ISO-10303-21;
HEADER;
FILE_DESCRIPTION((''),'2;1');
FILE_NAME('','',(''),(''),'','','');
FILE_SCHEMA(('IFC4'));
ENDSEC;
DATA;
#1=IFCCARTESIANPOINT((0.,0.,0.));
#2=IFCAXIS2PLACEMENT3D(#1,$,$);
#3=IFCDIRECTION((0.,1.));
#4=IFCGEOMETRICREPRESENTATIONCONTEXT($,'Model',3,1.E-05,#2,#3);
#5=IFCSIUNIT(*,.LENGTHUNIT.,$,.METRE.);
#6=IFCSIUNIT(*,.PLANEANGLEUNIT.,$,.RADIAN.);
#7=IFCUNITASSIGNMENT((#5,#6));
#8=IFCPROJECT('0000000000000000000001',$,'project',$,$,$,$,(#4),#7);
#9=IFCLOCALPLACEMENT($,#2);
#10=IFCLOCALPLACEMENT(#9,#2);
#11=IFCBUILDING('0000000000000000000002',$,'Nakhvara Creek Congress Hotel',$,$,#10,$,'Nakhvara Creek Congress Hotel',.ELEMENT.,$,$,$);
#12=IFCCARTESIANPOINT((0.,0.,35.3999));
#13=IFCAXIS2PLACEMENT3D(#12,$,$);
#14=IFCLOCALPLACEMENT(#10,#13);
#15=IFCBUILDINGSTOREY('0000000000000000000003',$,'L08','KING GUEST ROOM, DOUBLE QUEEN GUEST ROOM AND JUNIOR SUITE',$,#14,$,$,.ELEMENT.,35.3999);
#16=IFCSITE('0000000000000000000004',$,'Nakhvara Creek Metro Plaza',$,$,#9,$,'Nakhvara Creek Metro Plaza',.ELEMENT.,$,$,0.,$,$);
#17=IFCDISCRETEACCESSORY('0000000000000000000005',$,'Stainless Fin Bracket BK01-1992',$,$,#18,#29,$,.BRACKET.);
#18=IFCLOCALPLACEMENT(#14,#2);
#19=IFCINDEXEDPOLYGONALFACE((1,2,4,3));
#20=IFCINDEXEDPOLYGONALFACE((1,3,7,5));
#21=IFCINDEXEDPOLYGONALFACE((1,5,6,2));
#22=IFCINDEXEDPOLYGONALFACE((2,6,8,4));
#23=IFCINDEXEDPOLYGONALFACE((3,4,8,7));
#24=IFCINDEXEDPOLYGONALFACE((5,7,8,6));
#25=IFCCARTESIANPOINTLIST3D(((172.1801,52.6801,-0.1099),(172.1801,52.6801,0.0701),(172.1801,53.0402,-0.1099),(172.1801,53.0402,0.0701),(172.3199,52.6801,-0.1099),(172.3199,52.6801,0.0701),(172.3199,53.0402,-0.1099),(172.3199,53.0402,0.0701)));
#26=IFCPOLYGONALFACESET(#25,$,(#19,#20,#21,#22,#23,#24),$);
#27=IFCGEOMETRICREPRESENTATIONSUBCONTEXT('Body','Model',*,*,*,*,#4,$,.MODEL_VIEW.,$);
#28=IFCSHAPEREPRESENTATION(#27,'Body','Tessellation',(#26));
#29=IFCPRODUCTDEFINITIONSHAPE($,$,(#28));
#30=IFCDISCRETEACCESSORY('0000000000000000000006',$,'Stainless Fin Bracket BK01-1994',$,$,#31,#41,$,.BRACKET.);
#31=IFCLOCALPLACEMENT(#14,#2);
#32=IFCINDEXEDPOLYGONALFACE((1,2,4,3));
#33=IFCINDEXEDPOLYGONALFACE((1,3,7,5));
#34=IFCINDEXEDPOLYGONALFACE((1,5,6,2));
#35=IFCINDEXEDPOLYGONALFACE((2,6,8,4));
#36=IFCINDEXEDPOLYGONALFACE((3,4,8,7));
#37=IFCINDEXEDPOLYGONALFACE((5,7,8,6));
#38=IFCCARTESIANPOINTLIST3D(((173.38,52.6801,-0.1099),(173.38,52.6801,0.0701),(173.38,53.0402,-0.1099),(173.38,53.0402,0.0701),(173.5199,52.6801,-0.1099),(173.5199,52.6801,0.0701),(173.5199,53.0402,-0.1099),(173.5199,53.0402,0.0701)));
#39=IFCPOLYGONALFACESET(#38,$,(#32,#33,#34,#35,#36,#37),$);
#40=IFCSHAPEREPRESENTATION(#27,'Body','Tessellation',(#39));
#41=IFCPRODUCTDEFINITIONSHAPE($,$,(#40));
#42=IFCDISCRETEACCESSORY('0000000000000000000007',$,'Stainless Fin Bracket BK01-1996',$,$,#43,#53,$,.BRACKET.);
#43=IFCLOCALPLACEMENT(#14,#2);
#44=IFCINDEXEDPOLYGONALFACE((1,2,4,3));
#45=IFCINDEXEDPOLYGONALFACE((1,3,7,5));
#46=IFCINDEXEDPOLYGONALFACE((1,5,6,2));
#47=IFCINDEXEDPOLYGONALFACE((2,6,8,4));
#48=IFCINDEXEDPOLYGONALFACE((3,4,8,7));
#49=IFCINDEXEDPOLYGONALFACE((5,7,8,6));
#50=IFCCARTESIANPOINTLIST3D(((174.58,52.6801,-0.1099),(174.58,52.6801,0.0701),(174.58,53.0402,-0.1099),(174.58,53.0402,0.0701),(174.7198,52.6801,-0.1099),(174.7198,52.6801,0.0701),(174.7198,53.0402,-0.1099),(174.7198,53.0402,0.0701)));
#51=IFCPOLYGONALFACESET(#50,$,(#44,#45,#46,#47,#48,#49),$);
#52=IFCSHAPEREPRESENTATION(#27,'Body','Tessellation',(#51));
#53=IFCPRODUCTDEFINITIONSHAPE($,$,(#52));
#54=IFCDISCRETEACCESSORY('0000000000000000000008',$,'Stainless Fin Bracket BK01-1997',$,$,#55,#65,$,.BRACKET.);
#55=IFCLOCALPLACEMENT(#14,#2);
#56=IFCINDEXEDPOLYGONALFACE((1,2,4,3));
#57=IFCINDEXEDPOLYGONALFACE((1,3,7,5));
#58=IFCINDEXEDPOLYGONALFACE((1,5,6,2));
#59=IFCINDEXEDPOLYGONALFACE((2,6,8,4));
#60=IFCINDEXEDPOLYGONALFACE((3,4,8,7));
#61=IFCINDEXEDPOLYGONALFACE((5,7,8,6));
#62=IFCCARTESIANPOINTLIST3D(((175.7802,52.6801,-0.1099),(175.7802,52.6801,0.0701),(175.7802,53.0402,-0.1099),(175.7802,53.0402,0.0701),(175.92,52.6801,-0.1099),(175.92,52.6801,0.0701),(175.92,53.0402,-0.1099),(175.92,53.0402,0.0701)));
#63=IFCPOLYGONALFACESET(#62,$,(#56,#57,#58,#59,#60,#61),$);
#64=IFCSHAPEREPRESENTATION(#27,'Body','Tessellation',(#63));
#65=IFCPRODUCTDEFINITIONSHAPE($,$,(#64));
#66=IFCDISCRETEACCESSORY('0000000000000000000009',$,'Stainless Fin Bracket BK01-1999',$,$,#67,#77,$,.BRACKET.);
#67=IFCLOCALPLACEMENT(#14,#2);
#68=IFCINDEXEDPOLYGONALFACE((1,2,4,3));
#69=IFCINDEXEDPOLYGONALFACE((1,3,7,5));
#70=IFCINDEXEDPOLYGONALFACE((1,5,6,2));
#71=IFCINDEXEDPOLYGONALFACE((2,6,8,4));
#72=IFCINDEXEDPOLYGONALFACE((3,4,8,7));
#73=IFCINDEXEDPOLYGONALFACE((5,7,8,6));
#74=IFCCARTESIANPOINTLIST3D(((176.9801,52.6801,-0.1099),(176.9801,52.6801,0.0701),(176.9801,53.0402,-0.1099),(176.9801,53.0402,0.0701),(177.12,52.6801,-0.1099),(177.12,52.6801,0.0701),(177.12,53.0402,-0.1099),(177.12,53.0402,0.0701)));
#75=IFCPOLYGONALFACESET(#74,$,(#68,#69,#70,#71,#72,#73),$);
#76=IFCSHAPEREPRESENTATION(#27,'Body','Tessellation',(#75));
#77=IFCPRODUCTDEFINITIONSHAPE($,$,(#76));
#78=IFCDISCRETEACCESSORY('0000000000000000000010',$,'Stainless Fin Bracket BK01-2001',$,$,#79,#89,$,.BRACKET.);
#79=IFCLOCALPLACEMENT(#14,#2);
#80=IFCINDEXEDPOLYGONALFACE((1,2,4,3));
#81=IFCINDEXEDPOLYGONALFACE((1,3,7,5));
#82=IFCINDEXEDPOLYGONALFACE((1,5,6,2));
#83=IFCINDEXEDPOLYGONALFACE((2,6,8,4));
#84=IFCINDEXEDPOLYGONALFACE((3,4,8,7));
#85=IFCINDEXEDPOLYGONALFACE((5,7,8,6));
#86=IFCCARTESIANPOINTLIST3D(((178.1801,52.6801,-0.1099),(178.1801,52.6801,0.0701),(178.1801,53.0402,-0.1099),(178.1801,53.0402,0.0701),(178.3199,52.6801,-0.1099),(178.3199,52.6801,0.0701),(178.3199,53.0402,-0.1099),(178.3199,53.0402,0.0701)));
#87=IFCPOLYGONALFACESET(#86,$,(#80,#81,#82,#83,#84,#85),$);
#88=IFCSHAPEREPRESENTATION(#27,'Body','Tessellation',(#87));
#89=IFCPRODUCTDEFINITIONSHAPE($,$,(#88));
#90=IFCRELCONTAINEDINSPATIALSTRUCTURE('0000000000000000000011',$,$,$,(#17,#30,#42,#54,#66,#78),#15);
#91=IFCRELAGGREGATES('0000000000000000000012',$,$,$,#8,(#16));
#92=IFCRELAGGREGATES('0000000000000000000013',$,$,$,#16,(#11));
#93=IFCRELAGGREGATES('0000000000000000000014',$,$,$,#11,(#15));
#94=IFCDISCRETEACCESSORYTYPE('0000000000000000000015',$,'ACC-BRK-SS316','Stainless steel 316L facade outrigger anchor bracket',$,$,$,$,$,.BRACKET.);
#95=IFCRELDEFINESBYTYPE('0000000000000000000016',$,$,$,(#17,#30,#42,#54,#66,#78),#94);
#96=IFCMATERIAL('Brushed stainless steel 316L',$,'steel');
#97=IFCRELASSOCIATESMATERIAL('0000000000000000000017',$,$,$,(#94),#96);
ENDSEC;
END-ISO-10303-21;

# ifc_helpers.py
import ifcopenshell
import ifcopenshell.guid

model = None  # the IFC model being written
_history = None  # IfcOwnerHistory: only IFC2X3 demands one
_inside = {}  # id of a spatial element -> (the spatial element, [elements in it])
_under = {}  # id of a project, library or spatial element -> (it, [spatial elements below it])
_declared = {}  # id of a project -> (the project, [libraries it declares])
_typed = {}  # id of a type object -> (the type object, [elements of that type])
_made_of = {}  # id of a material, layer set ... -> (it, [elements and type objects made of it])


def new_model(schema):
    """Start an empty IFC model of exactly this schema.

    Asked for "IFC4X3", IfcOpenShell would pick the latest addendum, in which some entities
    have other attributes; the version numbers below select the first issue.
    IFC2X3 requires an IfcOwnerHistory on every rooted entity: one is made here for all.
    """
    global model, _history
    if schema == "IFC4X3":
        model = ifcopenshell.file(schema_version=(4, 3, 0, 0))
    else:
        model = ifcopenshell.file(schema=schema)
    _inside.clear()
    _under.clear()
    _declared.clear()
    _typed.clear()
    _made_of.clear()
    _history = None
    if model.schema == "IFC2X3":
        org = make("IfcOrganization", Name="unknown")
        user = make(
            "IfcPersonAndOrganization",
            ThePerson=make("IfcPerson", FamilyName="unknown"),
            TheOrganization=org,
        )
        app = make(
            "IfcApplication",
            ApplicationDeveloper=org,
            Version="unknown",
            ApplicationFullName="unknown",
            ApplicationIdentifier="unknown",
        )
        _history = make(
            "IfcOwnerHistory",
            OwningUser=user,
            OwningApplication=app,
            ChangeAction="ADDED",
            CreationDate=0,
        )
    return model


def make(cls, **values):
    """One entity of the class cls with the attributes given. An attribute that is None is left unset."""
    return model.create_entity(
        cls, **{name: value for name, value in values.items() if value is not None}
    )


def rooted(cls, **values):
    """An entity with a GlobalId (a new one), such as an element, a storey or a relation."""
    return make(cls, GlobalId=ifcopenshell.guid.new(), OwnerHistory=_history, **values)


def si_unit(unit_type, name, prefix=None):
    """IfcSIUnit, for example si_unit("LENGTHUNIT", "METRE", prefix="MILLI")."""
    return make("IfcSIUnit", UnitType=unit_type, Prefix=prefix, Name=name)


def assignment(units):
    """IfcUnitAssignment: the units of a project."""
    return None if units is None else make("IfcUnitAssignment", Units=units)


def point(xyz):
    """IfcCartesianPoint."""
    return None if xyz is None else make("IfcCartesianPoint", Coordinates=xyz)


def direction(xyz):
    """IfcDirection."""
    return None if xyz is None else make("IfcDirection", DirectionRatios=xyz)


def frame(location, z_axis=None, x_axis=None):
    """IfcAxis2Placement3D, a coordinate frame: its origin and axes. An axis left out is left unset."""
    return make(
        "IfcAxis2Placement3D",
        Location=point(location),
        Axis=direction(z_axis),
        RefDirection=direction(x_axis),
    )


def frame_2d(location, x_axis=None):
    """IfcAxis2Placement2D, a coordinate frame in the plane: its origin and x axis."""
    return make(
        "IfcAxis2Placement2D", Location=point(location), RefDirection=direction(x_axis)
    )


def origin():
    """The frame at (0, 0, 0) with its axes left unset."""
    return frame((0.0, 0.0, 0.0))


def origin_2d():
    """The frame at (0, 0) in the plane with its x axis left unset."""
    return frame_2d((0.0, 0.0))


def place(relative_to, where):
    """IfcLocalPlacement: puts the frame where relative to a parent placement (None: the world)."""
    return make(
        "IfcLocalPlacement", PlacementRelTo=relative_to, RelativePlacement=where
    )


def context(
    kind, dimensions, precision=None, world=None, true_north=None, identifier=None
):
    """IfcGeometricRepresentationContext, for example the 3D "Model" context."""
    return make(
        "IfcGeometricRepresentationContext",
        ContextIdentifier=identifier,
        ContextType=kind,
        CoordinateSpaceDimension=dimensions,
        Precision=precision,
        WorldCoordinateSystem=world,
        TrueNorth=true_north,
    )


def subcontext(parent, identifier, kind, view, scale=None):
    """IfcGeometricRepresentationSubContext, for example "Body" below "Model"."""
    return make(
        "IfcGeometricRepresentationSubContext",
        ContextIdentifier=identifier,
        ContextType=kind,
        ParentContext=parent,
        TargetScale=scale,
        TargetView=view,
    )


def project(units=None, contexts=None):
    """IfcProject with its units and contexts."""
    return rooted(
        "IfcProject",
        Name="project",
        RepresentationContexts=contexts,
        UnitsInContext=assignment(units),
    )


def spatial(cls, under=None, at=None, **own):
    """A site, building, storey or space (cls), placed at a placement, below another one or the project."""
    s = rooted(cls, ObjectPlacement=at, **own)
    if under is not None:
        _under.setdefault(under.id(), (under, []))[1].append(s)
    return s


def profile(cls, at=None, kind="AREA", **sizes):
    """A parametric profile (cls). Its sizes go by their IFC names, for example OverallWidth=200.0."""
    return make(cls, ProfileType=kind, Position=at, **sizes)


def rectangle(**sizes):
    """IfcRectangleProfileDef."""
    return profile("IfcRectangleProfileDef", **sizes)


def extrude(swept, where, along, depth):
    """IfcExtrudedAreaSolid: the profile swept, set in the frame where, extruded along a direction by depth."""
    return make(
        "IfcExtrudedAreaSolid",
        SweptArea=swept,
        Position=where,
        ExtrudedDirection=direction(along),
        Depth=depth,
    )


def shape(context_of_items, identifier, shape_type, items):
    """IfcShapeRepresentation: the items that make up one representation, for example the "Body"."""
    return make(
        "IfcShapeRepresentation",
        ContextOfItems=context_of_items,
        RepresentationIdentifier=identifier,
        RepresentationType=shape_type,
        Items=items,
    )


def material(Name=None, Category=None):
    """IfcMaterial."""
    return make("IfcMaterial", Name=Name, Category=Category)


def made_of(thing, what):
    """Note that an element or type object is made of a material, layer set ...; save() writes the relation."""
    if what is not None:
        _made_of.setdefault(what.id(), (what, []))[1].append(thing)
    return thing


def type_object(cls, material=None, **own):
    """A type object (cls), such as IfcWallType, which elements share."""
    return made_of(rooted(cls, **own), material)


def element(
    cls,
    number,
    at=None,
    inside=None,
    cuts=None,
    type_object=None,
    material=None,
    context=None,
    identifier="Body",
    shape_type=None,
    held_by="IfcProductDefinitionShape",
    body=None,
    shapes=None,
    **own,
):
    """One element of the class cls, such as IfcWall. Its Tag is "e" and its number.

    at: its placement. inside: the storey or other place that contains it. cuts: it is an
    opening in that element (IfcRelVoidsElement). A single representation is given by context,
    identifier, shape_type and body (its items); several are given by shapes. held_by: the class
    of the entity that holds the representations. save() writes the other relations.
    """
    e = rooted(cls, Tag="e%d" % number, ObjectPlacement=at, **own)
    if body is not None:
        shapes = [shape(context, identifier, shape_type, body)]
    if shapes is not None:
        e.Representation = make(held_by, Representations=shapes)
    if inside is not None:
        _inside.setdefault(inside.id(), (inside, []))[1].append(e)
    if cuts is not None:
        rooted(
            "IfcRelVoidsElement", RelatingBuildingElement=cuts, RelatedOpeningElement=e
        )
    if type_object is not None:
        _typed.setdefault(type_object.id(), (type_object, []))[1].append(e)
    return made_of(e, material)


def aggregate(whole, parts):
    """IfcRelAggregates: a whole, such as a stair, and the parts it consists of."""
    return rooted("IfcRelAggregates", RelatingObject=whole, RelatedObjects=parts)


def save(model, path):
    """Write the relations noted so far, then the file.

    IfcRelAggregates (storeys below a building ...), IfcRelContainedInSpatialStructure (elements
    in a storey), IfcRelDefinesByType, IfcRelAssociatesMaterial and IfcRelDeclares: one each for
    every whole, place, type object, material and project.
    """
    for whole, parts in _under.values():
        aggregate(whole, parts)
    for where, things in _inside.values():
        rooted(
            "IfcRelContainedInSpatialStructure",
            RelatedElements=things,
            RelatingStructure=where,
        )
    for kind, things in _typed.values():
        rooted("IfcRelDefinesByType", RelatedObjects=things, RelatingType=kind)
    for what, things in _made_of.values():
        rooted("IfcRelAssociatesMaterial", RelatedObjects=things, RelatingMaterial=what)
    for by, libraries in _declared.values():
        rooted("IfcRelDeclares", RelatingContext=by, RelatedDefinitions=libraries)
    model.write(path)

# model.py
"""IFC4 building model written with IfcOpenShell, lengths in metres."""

from ifc_helpers import new_model, si_unit, direction, frame, origin, origin_2d, place, context, subcontext, project, spatial, rectangle, extrude, material, type_object, element, save


model = new_model("IFC4")

# Units and contexts
model_context = context("Model", 3, precision=1e-05, world=origin(), true_north=direction((0.0, 1.0)))
body_context = subcontext(model_context, "Body", "Model", "MODEL_VIEW")
ifc_project = project(units=[si_unit("LENGTHUNIT", "METRE"), si_unit("PLANEANGLEUNIT", "RADIAN")], contexts=[model_context])

# Site, building, storey
site_placement = place(None, origin())
site = spatial("IfcSite", under=ifc_project, at=site_placement, Name="Nakhvara Creek Metro Plaza", LongName="Nakhvara Creek Metro Plaza", CompositionType="ELEMENT", RefElevation=0.0)
building_placement = place(site_placement, origin())
building = spatial("IfcBuilding", under=site, at=building_placement, Name="Nakhvara Creek Congress Hotel", LongName="Nakhvara Creek Congress Hotel", CompositionType="ELEMENT")
storey_placement = place(building_placement, frame((0.0, 0.0, 35.3999)))
storey = spatial("IfcBuildingStorey", under=building, at=storey_placement, Name="L08", Description="KING GUEST ROOM, DOUBLE QUEEN GUEST ROOM AND JUNIOR SUITE", CompositionType="ELEMENT", Elevation=35.3999)

# Discrete accessories
ifc_material_1 = material(Name="Brushed stainless steel 316L", Category="steel")
discrete_accessory_type = type_object("IfcDiscreteAccessoryType", Name="ACC-BRK-SS316", Description="Stainless steel 316L facade outrigger anchor bracket", PredefinedType="BRACKET", material=ifc_material_1)
for number, where, z_axis, x_axis, name in (
    (1, (172.25, 52.8601, -0.1099), (0.0, 0.0, 1.0), (1.0, 0.0, 0.0), "Stainless Fin Bracket BK01-1992"),
    (2, (173.45, 52.8601, -0.1099), (0.0, 0.0, 1.0), (1.0, 0.0, 0.0), "Stainless Fin Bracket BK01-1994"),
    (3, (174.6499, 52.8601, -0.1099), (0.0, 0.0, 1.0), (1.0, 0.0, 0.0), "Stainless Fin Bracket BK01-1996"),
    (4, (175.8501, 52.8601, -0.1099), (0.0, 0.0, 1.0), (1.0, 0.0, 0.0), "Stainless Fin Bracket BK01-1997"),
    (5, (177.05, 52.8601, -0.1099), (0.0, 0.0, 1.0), (1.0, 0.0, 0.0), "Stainless Fin Bracket BK01-1999"),
    (6, (178.25, 52.8601, -0.1099), (0.0, 0.0, 1.0), (1.0, 0.0, 0.0), "Stainless Fin Bracket BK01-2001"),
):
    element("IfcDiscreteAccessory", number, at=place(storey_placement, frame(where, z_axis=z_axis, x_axis=x_axis)), inside=storey, type_object=discrete_accessory_type, Name=name, PredefinedType="BRACKET", context=body_context, shape_type="SweptSolid", body=[
        extrude(rectangle(XDim=0.1399, YDim=0.3601, at=origin_2d()), origin(), (0.0, 0.0, 1.0), 0.1799),
    ])

save(model, "model.ifc")
